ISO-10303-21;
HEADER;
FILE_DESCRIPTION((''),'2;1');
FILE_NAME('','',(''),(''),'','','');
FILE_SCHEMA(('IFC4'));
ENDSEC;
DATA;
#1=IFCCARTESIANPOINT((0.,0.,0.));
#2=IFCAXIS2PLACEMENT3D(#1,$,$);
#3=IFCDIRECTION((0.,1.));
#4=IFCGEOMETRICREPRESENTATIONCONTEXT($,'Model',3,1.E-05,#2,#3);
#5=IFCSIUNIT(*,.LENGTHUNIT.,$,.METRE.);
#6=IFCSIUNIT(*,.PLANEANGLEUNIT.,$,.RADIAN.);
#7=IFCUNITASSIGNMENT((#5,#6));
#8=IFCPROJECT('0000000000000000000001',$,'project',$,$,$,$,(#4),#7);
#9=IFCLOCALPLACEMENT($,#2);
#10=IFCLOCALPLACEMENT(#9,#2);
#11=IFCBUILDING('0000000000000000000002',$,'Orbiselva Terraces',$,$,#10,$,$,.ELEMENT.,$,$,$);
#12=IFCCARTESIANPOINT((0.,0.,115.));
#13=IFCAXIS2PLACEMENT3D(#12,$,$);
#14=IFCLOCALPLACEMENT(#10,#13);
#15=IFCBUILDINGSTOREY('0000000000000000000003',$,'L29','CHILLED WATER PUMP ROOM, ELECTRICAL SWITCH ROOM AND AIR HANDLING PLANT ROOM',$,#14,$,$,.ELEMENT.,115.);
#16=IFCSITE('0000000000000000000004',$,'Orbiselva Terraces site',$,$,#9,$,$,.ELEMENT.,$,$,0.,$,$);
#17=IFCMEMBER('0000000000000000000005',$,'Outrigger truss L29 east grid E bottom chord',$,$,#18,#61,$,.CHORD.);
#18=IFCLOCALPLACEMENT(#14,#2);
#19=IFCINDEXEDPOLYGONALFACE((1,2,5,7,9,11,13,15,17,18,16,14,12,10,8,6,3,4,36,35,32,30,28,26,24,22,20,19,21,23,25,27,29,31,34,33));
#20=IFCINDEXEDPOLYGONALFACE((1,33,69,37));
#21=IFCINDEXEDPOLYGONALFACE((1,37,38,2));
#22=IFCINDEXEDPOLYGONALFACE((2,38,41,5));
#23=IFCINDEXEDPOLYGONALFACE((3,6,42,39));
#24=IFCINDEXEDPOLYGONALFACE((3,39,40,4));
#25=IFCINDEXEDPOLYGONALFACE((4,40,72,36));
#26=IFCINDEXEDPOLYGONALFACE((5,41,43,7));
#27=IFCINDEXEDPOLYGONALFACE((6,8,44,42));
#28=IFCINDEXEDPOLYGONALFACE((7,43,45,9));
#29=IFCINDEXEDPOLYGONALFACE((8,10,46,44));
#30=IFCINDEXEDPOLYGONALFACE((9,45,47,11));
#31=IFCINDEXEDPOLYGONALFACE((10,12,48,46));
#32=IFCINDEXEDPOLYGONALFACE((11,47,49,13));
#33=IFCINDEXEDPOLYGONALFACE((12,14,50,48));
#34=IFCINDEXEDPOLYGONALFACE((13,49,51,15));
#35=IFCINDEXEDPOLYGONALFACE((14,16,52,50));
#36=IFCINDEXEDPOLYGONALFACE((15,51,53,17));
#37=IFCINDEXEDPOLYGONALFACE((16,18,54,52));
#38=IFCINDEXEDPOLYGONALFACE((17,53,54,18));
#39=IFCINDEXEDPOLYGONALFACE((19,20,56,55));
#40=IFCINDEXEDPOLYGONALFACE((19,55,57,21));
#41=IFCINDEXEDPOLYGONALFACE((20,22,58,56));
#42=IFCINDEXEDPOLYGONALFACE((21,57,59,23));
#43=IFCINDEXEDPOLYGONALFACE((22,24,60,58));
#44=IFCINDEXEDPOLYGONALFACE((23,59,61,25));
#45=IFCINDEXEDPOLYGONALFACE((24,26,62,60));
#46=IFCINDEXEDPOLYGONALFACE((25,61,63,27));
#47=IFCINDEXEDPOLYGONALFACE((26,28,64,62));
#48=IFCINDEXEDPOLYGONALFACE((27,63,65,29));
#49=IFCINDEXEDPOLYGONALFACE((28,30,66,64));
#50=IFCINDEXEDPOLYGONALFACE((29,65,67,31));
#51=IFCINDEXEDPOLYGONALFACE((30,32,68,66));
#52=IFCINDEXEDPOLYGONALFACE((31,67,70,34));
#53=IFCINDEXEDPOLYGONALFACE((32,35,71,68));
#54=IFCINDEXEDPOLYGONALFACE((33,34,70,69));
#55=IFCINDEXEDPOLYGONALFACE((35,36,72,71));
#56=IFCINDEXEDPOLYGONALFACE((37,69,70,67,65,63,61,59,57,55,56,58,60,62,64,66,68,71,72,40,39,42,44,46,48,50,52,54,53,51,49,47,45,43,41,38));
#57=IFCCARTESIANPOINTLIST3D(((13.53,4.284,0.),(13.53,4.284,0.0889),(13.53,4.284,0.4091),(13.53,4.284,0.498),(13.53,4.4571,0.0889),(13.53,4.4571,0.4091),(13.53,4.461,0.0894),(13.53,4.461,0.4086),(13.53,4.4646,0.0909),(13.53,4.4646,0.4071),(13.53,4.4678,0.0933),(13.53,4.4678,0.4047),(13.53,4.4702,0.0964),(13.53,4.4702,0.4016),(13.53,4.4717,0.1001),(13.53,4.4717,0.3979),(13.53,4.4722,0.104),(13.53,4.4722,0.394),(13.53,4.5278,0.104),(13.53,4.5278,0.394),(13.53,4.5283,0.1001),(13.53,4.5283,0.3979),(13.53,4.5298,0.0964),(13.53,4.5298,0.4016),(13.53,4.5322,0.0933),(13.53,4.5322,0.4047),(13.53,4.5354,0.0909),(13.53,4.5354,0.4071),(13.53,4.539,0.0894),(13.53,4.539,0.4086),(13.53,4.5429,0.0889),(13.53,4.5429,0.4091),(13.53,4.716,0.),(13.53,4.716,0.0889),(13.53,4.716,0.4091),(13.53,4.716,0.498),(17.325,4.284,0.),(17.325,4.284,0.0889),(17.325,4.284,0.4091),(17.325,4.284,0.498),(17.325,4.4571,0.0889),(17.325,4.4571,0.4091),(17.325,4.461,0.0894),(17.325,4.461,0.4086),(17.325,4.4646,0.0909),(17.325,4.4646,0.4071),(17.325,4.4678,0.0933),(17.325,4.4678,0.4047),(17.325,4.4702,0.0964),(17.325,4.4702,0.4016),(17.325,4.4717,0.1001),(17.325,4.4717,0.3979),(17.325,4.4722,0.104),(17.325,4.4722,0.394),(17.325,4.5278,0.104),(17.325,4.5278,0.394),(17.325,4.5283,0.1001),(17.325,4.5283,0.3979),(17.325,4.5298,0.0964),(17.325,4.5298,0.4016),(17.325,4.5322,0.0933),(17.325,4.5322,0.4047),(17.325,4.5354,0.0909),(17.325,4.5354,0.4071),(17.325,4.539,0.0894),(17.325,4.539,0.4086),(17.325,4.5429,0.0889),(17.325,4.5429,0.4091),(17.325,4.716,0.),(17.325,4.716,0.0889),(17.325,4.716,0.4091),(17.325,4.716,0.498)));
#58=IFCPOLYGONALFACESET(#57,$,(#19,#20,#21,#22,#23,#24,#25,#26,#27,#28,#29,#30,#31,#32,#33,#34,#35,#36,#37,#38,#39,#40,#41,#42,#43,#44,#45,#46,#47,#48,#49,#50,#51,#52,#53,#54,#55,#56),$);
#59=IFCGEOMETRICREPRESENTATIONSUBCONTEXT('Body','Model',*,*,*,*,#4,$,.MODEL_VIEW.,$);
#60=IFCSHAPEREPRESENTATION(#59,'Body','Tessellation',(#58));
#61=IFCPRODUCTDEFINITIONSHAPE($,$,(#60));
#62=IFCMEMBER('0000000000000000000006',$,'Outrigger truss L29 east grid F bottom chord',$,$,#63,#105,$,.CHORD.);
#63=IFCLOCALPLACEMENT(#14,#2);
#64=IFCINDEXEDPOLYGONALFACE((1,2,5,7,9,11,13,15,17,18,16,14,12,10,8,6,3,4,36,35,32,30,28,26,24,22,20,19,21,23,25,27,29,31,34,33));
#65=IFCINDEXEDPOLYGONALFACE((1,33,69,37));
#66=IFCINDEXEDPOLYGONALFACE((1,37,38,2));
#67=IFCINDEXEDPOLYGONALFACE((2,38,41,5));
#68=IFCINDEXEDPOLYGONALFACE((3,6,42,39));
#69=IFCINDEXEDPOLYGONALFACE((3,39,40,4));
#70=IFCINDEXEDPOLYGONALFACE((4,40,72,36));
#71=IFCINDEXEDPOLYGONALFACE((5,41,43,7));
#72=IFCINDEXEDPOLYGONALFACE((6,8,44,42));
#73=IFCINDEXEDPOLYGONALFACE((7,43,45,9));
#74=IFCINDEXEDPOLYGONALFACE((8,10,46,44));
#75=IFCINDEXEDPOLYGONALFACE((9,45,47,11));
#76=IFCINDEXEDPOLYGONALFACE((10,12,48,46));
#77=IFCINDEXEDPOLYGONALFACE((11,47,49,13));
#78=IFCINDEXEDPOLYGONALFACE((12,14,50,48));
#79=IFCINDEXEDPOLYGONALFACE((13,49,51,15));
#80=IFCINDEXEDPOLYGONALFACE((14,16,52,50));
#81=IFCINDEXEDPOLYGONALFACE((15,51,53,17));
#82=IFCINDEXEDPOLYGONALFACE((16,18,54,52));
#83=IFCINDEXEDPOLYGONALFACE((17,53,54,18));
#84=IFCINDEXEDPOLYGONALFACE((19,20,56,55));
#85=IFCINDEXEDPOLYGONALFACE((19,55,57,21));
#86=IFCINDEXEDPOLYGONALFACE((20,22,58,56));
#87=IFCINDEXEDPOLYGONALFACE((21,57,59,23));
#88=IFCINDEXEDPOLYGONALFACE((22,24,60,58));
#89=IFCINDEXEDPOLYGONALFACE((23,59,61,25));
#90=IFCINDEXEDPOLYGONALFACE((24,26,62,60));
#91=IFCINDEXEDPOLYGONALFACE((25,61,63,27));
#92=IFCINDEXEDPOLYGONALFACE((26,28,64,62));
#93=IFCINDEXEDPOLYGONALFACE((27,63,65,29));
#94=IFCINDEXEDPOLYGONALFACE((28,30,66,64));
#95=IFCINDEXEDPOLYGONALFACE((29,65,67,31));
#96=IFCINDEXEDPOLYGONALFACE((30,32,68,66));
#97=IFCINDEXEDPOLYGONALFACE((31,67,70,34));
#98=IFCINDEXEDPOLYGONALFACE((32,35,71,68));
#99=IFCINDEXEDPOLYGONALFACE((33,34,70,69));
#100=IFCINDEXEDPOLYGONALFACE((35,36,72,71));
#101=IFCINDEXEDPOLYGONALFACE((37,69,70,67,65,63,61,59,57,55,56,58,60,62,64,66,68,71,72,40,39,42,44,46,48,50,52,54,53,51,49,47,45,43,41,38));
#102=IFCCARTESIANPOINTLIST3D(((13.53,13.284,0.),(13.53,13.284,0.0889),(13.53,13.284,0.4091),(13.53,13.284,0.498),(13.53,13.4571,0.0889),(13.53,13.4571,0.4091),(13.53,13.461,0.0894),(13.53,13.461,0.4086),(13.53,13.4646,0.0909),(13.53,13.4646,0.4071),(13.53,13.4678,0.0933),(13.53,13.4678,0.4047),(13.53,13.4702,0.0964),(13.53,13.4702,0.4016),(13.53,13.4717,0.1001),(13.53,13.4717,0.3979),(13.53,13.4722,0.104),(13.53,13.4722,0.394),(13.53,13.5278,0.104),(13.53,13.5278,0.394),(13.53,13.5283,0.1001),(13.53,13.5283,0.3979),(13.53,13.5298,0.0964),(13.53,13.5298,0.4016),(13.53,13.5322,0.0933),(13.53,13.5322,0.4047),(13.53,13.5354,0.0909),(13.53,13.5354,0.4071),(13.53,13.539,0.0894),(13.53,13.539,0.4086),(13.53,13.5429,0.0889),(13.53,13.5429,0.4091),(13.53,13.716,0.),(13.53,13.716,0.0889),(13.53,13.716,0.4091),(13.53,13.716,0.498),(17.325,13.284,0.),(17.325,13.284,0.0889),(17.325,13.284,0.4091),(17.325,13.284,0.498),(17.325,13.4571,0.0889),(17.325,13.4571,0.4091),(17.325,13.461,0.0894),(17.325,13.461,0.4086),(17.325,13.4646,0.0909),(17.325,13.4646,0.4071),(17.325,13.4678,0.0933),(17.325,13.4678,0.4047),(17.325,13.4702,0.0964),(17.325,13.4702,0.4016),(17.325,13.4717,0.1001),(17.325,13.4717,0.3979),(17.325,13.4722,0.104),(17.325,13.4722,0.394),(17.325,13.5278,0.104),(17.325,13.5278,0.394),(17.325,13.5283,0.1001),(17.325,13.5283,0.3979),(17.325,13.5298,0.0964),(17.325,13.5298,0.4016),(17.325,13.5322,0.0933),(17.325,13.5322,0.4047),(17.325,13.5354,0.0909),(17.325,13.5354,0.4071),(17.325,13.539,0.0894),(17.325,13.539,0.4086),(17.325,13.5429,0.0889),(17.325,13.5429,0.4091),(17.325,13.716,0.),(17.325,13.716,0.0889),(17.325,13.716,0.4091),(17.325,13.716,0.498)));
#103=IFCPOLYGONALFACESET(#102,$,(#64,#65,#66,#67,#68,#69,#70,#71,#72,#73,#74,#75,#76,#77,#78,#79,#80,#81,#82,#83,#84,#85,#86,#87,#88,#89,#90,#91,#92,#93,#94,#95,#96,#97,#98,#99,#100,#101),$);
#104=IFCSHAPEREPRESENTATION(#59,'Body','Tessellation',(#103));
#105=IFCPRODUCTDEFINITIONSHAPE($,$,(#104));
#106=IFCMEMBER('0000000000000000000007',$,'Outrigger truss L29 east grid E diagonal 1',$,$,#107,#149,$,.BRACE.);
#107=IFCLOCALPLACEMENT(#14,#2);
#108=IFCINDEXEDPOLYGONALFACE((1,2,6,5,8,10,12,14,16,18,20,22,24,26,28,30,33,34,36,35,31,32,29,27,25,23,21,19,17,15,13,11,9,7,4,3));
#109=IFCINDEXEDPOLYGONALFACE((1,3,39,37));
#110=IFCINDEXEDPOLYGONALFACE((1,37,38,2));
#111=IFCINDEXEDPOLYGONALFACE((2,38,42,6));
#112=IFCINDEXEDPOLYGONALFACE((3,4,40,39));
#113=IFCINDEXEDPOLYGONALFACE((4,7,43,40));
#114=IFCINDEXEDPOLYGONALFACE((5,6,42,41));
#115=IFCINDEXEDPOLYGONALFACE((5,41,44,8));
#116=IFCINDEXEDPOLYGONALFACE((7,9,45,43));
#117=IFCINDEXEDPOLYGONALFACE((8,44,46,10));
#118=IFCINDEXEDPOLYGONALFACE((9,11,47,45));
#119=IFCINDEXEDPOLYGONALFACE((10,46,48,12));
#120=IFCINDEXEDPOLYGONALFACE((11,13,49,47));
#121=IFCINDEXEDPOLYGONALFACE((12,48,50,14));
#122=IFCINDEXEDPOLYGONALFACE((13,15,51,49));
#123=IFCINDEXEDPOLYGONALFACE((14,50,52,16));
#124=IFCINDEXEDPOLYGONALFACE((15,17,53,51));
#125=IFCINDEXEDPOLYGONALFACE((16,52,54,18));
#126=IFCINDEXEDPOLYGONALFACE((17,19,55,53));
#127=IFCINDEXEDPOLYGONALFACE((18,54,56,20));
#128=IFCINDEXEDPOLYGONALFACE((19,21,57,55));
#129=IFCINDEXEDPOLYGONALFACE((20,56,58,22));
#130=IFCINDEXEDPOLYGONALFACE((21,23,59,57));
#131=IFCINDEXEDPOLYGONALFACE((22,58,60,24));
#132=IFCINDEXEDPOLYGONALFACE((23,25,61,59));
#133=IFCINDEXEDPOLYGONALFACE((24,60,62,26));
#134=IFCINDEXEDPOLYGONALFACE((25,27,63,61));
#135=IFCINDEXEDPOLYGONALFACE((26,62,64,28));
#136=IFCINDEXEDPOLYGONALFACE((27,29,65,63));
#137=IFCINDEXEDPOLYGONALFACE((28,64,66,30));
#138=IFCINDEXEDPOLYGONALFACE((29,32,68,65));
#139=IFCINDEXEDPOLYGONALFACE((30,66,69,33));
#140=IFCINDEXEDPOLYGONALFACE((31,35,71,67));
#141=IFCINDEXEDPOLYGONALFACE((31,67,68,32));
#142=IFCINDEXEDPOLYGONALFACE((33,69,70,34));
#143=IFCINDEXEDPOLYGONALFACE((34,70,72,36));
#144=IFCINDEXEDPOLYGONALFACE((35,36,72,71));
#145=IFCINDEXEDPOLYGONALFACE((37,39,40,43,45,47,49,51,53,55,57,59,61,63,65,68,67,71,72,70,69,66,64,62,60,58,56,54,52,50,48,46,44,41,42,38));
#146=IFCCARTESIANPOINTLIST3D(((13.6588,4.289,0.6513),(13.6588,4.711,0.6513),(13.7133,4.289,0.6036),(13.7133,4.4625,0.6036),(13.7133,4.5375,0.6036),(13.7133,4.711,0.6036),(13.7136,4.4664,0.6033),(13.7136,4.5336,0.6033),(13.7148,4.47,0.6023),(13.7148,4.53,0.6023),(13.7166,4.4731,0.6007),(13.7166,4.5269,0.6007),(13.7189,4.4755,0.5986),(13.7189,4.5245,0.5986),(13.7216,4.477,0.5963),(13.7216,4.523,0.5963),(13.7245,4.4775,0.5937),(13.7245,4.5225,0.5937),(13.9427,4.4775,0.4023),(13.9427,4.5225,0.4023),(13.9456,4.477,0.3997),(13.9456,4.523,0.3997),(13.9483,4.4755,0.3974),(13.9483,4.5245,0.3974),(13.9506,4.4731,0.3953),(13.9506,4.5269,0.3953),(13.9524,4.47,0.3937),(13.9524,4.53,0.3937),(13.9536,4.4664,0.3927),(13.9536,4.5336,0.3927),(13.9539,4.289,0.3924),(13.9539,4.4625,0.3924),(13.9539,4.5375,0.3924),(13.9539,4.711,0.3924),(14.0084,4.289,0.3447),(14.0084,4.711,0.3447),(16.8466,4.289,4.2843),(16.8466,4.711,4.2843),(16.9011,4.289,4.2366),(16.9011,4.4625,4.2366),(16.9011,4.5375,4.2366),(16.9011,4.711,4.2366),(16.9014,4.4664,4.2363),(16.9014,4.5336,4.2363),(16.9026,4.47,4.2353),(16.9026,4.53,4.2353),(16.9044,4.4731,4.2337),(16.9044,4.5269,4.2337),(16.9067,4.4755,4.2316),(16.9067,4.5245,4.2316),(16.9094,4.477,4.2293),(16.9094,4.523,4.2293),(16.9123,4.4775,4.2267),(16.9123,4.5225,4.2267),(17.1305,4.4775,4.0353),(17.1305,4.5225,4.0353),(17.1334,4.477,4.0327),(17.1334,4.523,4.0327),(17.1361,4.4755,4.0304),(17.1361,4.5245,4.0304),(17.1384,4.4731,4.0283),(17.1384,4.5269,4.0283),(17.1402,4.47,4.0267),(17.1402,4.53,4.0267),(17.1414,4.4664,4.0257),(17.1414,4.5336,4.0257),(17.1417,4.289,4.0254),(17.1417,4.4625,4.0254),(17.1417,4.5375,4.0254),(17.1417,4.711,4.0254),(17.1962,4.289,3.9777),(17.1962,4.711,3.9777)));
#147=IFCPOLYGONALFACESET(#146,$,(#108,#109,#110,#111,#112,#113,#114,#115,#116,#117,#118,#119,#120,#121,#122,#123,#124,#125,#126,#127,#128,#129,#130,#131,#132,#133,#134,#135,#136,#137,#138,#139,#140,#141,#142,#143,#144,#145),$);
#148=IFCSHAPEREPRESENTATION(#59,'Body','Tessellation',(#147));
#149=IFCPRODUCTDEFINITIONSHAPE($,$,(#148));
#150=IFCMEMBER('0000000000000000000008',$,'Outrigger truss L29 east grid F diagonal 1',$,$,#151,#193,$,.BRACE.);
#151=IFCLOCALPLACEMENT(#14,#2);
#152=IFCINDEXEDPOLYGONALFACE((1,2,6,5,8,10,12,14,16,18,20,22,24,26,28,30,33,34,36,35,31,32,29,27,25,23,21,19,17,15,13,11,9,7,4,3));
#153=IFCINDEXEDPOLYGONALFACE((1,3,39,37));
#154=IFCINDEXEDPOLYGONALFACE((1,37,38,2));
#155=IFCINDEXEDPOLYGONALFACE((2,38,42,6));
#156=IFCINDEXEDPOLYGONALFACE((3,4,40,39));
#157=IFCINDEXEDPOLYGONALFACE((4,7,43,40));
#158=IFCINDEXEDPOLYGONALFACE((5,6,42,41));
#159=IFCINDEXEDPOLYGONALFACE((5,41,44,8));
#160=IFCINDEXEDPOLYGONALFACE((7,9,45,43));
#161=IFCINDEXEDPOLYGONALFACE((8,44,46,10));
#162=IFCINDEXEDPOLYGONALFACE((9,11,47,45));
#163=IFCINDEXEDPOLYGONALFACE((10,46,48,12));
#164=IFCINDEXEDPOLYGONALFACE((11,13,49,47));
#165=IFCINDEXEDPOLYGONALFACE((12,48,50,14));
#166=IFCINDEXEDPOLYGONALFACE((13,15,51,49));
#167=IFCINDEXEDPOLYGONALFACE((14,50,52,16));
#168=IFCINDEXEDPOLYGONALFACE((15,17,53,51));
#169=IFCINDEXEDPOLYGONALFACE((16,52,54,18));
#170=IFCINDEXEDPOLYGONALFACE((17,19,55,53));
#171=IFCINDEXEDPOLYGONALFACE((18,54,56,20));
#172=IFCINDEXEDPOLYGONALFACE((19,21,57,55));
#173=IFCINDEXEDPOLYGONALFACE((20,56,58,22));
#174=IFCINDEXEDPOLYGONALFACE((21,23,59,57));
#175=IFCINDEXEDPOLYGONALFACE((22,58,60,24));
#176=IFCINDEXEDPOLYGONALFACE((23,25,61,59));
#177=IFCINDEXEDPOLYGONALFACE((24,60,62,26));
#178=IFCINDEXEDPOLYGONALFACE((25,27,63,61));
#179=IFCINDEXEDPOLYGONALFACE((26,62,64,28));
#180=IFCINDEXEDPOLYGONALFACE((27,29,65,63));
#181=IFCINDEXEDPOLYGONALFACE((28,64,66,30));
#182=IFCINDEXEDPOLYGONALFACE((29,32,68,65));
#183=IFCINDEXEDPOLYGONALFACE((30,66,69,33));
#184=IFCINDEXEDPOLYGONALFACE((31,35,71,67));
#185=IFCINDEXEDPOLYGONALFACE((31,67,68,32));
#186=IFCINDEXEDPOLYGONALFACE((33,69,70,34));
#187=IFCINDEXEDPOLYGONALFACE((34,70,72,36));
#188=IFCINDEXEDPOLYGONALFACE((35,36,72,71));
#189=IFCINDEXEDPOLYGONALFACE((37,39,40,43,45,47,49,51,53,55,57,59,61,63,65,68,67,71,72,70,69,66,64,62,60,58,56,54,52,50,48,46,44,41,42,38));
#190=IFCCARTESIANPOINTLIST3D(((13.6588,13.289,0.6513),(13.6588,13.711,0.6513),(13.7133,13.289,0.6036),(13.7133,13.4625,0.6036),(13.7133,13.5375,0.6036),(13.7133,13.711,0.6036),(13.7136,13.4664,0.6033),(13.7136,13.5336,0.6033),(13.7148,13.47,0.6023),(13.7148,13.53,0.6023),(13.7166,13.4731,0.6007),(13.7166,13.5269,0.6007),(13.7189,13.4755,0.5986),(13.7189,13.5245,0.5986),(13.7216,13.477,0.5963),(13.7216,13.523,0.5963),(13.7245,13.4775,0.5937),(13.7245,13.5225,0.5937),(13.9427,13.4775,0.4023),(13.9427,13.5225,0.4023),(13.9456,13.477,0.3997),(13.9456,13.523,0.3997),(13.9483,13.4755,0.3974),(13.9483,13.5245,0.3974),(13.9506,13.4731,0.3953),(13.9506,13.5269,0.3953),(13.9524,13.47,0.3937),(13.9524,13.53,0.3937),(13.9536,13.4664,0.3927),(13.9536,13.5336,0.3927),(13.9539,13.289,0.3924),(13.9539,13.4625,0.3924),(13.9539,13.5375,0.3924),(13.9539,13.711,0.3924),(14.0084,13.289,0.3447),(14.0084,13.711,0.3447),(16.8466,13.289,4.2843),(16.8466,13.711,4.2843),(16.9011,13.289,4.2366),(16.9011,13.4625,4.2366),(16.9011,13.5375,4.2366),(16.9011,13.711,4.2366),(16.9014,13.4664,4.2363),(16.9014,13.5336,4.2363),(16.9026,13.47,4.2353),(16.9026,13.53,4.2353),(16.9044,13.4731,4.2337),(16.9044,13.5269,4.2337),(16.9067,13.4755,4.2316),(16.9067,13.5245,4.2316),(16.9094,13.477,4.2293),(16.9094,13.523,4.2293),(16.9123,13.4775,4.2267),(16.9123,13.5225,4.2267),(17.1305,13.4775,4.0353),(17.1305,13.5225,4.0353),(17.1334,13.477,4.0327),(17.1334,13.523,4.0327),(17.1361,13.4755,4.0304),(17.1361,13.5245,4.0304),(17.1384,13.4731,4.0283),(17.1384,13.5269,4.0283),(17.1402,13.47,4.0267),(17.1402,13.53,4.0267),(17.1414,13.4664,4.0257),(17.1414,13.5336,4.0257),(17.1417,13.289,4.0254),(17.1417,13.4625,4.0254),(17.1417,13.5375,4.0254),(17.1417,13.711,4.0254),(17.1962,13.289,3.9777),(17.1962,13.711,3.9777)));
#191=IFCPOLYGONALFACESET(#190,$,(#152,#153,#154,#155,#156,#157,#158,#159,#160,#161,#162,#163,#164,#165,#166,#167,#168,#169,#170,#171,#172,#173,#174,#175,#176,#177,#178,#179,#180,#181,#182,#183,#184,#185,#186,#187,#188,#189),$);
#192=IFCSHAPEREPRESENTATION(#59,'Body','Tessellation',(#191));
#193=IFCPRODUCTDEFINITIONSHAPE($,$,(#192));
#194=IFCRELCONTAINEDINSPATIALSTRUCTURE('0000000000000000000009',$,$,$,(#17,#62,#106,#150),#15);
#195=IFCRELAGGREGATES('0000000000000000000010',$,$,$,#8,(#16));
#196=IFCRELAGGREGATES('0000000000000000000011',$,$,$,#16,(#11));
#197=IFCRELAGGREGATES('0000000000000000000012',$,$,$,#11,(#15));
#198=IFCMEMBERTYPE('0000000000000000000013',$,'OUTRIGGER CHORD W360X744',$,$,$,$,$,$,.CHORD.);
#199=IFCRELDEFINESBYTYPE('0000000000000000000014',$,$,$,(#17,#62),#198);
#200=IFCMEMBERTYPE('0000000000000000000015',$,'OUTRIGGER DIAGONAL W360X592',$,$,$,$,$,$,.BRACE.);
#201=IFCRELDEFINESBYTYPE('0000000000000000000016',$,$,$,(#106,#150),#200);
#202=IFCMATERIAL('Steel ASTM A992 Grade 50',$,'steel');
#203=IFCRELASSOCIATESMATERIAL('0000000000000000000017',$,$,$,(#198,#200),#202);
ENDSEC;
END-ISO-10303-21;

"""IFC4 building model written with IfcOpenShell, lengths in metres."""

from ifc_helpers import new_model, si_unit, direction, frame, origin, origin_2d, place, context, subcontext, project, spatial, i_section, extrude, material, material_profile, profile_set, type_object, element, save


model = new_model("IFC4")

# Units and contexts
model_context = context("Model", 3, precision=1e-05, world=origin(), true_north=direction((0.0, 1.0)))
body_context = subcontext(model_context, "Body", "Model", "MODEL_VIEW")
ifc_project = project(units=[si_unit("LENGTHUNIT", "METRE"), si_unit("PLANEANGLEUNIT", "RADIAN")], contexts=[model_context])

# Site, building, storey
site_placement = place(None, origin())
site = spatial("IfcSite", under=ifc_project, at=site_placement, Name="Orbiselva Terraces site", CompositionType="ELEMENT", RefElevation=0.0)
building_placement = place(site_placement, origin())
building = spatial("IfcBuilding", under=site, at=building_placement, Name="Orbiselva Terraces", CompositionType="ELEMENT")
storey_placement = place(building_placement, frame((0.0, 0.0, 115.0)))
storey = spatial("IfcBuildingStorey", under=building, at=storey_placement, Name="L29", Description="CHILLED WATER PUMP ROOM, ELECTRICAL SWITCH ROOM AND AIR HANDLING PLANT ROOM", CompositionType="ELEMENT", Elevation=115.0)

# Members
ifc_material_1 = material(Name="Steel ASTM A992 Grade 50", Category="steel")
ifc_material_profile_1 = material_profile(ifc_material_1, i_section(OverallWidth=0.432, OverallDepth=0.498, WebThickness=0.0556, FlangeThickness=0.0889, FilletRadius=0.0151, at=origin_2d()), Name="W360X744")
ifc_profile_set_1 = profile_set([ifc_material_profile_1], Name="Steel ASTM A992 Grade 50")
member_type_1 = type_object("IfcMemberType", Name="OUTRIGGER CHORD W360X744", PredefinedType="CHORD", material=ifc_profile_set_1)
for number, where, z_axis, x_axis, name in (
    (1, (13.53, 4.5, 0.249), (1.0, 0.0, 0.0), (0.0, 1.0, 0.0), "Outrigger truss L29 east grid E bottom chord"),
    (2, (13.53, 13.5, 0.249), (1.0, 0.0, 0.0), (0.0, 1.0, 0.0), "Outrigger truss L29 east grid F bottom chord"),
):
    element("IfcMember", number, at=place(storey_placement, frame(where, z_axis=z_axis, x_axis=x_axis)), inside=storey, type_object=member_type_1, Name=name, PredefinedType="CHORD", context=body_context, shape_type="SweptSolid", body=[
        extrude(i_section(OverallWidth=0.432, OverallDepth=0.498, WebThickness=0.0556, FlangeThickness=0.0889, FilletRadius=0.0151, at=origin_2d()), origin(), (0.0, 0.0, 1.0), 3.795),
    ])
ifc_material_profile_2 = material_profile(ifc_material_1, i_section(OverallWidth=0.422, OverallDepth=0.465, WebThickness=0.045, FlangeThickness=0.0724, FilletRadius=0.015, at=origin_2d()), Name="W360X592")
ifc_profile_set_2 = profile_set([ifc_material_profile_2], Name="Steel ASTM A992 Grade 50")
member_type_2 = type_object("IfcMemberType", Name="OUTRIGGER DIAGONAL W360X592", PredefinedType="BRACE", material=ifc_profile_set_2)
for number, where, z_axis, x_axis, name in (
    (3, (13.8336, 4.5, 0.498), (0.65955, 0.0, 0.751661), (0.0, 1.0, 0.0), "Outrigger truss L29 east grid E diagonal 1"),
    (4, (13.8336, 13.5, 0.498), (0.65955, 0.0, 0.751661), (0.0, 1.0, 0.0), "Outrigger truss L29 east grid F diagonal 1"),
):
    element("IfcMember", number, at=place(storey_placement, frame(where, z_axis=z_axis, x_axis=x_axis)), inside=storey, type_object=member_type_2, Name=name, PredefinedType="BRACE", context=body_context, shape_type="SweptSolid", body=[
        extrude(i_section(OverallWidth=0.422, OverallDepth=0.465, WebThickness=0.045, FlangeThickness=0.0724, FilletRadius=0.015, at=origin_2d()), origin(), (0.0, 0.0, 1.0), 4.8333),
    ])

save(model, "model.ifc")
